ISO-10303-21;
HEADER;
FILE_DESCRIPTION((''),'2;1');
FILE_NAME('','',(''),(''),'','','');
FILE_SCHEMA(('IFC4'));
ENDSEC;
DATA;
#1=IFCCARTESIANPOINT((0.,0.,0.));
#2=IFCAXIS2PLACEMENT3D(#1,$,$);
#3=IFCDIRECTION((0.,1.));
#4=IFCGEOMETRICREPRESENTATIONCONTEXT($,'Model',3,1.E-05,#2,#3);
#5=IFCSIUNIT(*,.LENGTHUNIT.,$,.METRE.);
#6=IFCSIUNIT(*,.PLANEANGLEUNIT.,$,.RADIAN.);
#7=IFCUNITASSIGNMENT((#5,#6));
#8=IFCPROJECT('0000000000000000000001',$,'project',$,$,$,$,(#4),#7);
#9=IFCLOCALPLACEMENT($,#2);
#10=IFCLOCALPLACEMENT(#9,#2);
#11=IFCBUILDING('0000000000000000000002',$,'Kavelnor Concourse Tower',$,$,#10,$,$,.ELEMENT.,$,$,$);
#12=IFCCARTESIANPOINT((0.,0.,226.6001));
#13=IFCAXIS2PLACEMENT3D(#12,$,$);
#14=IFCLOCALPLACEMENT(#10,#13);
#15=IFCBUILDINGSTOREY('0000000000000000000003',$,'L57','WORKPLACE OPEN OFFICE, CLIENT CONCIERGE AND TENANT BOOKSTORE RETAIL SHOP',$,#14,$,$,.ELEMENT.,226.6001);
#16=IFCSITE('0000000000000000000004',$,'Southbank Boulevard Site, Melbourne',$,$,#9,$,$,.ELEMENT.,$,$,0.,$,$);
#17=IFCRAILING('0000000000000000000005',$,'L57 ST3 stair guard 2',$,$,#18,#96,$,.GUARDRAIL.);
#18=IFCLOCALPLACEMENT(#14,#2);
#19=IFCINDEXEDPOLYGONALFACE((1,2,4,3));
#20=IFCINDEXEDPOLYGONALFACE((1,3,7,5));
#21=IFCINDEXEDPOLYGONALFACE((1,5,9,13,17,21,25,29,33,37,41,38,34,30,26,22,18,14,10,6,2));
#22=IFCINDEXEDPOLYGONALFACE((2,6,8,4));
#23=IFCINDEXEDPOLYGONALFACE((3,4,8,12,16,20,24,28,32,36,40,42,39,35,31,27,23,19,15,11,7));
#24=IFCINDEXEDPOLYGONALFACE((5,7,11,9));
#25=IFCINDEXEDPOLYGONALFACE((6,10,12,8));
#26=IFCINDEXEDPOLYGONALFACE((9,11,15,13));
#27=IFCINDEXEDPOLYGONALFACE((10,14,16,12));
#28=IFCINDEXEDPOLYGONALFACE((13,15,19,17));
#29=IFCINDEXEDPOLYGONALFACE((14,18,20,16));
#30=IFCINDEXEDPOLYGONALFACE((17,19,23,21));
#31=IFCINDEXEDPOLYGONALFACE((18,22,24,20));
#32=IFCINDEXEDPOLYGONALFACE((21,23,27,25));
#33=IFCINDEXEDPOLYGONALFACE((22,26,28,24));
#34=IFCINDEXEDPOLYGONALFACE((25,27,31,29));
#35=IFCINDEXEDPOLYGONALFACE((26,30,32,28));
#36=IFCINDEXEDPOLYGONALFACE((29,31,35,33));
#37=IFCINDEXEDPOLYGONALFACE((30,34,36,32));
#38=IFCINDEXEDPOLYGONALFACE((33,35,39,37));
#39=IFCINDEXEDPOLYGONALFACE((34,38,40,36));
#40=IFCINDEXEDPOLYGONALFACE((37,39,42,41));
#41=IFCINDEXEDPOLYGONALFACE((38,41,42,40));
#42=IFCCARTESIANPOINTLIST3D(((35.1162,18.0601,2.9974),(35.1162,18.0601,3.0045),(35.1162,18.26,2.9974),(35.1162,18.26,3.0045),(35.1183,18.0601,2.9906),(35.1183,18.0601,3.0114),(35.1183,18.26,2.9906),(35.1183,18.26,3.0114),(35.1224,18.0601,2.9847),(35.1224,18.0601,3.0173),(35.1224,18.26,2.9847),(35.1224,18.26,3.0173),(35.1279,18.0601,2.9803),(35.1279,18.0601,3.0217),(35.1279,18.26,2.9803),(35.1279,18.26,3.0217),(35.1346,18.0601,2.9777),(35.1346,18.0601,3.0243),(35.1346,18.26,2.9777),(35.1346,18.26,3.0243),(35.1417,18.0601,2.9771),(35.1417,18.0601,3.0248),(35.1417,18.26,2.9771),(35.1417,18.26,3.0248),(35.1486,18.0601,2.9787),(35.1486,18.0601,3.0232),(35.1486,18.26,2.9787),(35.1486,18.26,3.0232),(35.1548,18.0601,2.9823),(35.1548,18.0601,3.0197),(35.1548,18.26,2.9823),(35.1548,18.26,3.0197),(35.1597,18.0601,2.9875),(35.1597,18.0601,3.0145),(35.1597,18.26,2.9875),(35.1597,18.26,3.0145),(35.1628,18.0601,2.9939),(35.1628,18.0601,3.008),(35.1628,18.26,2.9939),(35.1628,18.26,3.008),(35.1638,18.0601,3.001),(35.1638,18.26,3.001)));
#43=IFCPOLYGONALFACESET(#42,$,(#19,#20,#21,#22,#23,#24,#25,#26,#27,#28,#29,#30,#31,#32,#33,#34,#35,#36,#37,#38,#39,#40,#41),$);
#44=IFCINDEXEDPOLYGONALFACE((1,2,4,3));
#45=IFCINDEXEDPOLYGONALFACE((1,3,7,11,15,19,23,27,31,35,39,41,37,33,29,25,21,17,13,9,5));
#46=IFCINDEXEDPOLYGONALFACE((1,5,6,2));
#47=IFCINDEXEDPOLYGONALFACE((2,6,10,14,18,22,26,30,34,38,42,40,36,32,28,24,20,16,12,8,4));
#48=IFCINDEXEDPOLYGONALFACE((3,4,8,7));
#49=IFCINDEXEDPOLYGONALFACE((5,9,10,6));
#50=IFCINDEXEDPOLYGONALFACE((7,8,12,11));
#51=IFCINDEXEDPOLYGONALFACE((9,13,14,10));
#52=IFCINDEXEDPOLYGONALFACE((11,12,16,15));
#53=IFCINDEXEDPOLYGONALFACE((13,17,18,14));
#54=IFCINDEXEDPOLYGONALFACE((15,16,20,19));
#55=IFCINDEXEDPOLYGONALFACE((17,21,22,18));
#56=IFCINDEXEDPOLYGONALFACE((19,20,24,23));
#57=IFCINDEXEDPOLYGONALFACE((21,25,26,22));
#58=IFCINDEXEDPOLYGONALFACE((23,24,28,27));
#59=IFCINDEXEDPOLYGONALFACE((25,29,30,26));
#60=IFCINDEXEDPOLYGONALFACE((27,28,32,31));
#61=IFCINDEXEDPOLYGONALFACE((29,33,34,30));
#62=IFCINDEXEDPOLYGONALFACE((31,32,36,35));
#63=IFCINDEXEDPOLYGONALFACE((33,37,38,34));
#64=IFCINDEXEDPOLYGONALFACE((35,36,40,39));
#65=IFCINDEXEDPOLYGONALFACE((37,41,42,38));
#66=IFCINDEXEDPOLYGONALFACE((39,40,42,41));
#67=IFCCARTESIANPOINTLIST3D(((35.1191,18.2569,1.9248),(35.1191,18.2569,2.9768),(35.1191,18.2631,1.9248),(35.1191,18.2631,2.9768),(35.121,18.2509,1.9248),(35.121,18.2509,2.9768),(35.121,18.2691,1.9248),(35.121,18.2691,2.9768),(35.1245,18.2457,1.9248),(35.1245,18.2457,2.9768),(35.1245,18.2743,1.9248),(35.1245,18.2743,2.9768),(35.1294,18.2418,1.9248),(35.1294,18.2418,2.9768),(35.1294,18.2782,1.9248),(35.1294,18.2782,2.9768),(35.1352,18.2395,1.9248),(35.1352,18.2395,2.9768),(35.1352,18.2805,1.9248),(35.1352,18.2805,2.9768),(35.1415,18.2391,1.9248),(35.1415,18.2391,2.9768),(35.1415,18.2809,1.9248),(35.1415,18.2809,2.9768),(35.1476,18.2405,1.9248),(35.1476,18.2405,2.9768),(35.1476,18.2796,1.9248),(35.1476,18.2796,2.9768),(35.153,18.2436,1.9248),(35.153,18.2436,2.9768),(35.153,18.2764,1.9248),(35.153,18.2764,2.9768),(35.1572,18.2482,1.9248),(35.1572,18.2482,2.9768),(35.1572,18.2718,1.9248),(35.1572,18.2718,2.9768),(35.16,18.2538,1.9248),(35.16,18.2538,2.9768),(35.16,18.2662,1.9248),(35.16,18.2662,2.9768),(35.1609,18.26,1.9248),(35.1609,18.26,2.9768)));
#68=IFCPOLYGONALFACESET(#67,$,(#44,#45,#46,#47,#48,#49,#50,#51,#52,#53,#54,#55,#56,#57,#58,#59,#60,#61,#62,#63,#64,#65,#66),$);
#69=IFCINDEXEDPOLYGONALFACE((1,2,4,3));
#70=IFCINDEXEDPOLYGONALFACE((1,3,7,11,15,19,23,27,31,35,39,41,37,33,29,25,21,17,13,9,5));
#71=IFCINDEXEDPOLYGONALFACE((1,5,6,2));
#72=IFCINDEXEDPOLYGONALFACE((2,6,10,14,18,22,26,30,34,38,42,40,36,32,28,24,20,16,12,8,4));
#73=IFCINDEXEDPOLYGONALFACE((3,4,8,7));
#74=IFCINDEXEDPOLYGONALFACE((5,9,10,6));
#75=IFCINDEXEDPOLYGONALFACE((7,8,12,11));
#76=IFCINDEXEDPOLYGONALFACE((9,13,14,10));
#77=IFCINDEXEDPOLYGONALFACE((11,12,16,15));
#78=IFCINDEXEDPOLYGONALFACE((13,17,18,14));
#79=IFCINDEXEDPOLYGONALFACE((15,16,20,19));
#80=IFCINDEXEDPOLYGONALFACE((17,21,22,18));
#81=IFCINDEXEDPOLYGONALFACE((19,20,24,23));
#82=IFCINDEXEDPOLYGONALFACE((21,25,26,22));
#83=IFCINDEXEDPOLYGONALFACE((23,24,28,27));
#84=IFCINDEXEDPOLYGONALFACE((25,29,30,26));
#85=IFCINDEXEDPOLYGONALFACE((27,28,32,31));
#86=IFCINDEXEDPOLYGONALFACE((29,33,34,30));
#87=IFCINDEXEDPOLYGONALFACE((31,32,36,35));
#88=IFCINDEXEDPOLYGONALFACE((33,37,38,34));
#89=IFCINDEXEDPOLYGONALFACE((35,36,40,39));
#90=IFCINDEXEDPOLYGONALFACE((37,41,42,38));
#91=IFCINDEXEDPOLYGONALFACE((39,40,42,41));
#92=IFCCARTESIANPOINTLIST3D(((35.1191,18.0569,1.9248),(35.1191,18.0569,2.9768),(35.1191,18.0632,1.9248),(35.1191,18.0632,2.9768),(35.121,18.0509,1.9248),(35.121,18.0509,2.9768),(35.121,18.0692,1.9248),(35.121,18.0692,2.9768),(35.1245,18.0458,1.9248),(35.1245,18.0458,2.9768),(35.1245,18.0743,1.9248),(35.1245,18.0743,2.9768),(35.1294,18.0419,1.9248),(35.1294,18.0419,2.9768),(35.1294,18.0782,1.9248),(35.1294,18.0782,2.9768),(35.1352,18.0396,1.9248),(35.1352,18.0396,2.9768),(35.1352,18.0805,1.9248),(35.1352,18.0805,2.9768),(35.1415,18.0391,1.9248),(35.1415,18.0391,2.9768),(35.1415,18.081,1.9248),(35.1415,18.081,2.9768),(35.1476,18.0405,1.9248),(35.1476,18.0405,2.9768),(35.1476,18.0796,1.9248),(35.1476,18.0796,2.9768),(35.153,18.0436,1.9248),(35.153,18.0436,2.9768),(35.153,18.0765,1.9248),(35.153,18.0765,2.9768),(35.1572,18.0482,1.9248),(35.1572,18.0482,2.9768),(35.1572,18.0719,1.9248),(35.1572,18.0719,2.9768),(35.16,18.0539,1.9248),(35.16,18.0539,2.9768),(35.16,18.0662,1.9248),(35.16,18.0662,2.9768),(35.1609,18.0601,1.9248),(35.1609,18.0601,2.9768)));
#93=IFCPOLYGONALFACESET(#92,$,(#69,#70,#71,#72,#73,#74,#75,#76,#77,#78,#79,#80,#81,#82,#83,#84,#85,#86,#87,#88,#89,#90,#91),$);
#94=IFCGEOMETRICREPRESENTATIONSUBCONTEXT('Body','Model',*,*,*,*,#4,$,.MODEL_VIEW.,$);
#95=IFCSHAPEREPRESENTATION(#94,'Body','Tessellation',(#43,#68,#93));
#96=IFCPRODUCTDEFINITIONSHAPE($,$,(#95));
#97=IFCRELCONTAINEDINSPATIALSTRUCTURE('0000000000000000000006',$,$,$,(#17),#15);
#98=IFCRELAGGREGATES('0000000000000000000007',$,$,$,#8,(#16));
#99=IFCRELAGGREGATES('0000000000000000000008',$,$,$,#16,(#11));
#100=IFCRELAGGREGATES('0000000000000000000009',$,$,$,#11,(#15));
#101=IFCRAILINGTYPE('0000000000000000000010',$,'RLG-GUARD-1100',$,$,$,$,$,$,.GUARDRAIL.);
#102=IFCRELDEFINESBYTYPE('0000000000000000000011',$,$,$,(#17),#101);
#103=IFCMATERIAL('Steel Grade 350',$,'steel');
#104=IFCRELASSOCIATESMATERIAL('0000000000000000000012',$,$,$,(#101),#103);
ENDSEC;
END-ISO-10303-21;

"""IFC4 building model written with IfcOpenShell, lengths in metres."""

from ifc_helpers import new_model, si_unit, direction, frame, origin, origin_2d, place, context, subcontext, project, spatial, circle, extrude, material, type_object, element, save


model = new_model("IFC4")

# Units and contexts
model_context = context("Model", 3, precision=1e-05, world=origin(), true_north=direction((0.0, 1.0)))
body_context = subcontext(model_context, "Body", "Model", "MODEL_VIEW")
ifc_project = project(units=[si_unit("LENGTHUNIT", "METRE"), si_unit("PLANEANGLEUNIT", "RADIAN")], contexts=[model_context])

# Site, building, storey
site_placement = place(None, origin())
site = spatial("IfcSite", under=ifc_project, at=site_placement, Name="Southbank Boulevard Site, Melbourne", CompositionType="ELEMENT", RefElevation=0.0)
building_placement = place(site_placement, origin())
building = spatial("IfcBuilding", under=site, at=building_placement, Name="Kavelnor Concourse Tower", CompositionType="ELEMENT")
storey_placement = place(building_placement, frame((0.0, 0.0, 226.6001)))
storey = spatial("IfcBuildingStorey", under=building, at=storey_placement, Name="L57", Description="WORKPLACE OPEN OFFICE, CLIENT CONCIERGE AND TENANT BOOKSTORE RETAIL SHOP", CompositionType="ELEMENT", Elevation=226.6001)

# Shared definitions
ifc_material_1 = material(Name="Steel Grade 350", Category="steel")

# Railing
railing_type_1 = type_object("IfcRailingType", Name="RLG-GUARD-1100", PredefinedType="GUARDRAIL", material=ifc_material_1)
railing_1_placement = place(storey_placement, frame((35.1399, 18.26, 1.9248)))
element("IfcRailing", 1, at=railing_1_placement, inside=storey, type_object=railing_type_1, Name="L57 ST3 stair guard 2", PredefinedType="GUARDRAIL", context=body_context, shape_type="SweptSolid", body=[
    extrude(circle(Radius=0.0239, at=origin_2d()), frame((0.0, 0.0, 1.0762), z_axis=(0.0, -1.0, 0.0), x_axis=(1.0, 0.0, 0.0)), (0.0, 0.0, 1.0), 0.2),
    extrude(circle(Radius=0.021, at=origin_2d()), origin(), (0.0, 0.0, 1.0), 1.052),
    extrude(circle(Radius=0.021, at=origin_2d()), frame((0.0, -0.2, 0.0)), (0.0, 0.0, 1.0), 1.052),
])

save(model, "model.ifc")
